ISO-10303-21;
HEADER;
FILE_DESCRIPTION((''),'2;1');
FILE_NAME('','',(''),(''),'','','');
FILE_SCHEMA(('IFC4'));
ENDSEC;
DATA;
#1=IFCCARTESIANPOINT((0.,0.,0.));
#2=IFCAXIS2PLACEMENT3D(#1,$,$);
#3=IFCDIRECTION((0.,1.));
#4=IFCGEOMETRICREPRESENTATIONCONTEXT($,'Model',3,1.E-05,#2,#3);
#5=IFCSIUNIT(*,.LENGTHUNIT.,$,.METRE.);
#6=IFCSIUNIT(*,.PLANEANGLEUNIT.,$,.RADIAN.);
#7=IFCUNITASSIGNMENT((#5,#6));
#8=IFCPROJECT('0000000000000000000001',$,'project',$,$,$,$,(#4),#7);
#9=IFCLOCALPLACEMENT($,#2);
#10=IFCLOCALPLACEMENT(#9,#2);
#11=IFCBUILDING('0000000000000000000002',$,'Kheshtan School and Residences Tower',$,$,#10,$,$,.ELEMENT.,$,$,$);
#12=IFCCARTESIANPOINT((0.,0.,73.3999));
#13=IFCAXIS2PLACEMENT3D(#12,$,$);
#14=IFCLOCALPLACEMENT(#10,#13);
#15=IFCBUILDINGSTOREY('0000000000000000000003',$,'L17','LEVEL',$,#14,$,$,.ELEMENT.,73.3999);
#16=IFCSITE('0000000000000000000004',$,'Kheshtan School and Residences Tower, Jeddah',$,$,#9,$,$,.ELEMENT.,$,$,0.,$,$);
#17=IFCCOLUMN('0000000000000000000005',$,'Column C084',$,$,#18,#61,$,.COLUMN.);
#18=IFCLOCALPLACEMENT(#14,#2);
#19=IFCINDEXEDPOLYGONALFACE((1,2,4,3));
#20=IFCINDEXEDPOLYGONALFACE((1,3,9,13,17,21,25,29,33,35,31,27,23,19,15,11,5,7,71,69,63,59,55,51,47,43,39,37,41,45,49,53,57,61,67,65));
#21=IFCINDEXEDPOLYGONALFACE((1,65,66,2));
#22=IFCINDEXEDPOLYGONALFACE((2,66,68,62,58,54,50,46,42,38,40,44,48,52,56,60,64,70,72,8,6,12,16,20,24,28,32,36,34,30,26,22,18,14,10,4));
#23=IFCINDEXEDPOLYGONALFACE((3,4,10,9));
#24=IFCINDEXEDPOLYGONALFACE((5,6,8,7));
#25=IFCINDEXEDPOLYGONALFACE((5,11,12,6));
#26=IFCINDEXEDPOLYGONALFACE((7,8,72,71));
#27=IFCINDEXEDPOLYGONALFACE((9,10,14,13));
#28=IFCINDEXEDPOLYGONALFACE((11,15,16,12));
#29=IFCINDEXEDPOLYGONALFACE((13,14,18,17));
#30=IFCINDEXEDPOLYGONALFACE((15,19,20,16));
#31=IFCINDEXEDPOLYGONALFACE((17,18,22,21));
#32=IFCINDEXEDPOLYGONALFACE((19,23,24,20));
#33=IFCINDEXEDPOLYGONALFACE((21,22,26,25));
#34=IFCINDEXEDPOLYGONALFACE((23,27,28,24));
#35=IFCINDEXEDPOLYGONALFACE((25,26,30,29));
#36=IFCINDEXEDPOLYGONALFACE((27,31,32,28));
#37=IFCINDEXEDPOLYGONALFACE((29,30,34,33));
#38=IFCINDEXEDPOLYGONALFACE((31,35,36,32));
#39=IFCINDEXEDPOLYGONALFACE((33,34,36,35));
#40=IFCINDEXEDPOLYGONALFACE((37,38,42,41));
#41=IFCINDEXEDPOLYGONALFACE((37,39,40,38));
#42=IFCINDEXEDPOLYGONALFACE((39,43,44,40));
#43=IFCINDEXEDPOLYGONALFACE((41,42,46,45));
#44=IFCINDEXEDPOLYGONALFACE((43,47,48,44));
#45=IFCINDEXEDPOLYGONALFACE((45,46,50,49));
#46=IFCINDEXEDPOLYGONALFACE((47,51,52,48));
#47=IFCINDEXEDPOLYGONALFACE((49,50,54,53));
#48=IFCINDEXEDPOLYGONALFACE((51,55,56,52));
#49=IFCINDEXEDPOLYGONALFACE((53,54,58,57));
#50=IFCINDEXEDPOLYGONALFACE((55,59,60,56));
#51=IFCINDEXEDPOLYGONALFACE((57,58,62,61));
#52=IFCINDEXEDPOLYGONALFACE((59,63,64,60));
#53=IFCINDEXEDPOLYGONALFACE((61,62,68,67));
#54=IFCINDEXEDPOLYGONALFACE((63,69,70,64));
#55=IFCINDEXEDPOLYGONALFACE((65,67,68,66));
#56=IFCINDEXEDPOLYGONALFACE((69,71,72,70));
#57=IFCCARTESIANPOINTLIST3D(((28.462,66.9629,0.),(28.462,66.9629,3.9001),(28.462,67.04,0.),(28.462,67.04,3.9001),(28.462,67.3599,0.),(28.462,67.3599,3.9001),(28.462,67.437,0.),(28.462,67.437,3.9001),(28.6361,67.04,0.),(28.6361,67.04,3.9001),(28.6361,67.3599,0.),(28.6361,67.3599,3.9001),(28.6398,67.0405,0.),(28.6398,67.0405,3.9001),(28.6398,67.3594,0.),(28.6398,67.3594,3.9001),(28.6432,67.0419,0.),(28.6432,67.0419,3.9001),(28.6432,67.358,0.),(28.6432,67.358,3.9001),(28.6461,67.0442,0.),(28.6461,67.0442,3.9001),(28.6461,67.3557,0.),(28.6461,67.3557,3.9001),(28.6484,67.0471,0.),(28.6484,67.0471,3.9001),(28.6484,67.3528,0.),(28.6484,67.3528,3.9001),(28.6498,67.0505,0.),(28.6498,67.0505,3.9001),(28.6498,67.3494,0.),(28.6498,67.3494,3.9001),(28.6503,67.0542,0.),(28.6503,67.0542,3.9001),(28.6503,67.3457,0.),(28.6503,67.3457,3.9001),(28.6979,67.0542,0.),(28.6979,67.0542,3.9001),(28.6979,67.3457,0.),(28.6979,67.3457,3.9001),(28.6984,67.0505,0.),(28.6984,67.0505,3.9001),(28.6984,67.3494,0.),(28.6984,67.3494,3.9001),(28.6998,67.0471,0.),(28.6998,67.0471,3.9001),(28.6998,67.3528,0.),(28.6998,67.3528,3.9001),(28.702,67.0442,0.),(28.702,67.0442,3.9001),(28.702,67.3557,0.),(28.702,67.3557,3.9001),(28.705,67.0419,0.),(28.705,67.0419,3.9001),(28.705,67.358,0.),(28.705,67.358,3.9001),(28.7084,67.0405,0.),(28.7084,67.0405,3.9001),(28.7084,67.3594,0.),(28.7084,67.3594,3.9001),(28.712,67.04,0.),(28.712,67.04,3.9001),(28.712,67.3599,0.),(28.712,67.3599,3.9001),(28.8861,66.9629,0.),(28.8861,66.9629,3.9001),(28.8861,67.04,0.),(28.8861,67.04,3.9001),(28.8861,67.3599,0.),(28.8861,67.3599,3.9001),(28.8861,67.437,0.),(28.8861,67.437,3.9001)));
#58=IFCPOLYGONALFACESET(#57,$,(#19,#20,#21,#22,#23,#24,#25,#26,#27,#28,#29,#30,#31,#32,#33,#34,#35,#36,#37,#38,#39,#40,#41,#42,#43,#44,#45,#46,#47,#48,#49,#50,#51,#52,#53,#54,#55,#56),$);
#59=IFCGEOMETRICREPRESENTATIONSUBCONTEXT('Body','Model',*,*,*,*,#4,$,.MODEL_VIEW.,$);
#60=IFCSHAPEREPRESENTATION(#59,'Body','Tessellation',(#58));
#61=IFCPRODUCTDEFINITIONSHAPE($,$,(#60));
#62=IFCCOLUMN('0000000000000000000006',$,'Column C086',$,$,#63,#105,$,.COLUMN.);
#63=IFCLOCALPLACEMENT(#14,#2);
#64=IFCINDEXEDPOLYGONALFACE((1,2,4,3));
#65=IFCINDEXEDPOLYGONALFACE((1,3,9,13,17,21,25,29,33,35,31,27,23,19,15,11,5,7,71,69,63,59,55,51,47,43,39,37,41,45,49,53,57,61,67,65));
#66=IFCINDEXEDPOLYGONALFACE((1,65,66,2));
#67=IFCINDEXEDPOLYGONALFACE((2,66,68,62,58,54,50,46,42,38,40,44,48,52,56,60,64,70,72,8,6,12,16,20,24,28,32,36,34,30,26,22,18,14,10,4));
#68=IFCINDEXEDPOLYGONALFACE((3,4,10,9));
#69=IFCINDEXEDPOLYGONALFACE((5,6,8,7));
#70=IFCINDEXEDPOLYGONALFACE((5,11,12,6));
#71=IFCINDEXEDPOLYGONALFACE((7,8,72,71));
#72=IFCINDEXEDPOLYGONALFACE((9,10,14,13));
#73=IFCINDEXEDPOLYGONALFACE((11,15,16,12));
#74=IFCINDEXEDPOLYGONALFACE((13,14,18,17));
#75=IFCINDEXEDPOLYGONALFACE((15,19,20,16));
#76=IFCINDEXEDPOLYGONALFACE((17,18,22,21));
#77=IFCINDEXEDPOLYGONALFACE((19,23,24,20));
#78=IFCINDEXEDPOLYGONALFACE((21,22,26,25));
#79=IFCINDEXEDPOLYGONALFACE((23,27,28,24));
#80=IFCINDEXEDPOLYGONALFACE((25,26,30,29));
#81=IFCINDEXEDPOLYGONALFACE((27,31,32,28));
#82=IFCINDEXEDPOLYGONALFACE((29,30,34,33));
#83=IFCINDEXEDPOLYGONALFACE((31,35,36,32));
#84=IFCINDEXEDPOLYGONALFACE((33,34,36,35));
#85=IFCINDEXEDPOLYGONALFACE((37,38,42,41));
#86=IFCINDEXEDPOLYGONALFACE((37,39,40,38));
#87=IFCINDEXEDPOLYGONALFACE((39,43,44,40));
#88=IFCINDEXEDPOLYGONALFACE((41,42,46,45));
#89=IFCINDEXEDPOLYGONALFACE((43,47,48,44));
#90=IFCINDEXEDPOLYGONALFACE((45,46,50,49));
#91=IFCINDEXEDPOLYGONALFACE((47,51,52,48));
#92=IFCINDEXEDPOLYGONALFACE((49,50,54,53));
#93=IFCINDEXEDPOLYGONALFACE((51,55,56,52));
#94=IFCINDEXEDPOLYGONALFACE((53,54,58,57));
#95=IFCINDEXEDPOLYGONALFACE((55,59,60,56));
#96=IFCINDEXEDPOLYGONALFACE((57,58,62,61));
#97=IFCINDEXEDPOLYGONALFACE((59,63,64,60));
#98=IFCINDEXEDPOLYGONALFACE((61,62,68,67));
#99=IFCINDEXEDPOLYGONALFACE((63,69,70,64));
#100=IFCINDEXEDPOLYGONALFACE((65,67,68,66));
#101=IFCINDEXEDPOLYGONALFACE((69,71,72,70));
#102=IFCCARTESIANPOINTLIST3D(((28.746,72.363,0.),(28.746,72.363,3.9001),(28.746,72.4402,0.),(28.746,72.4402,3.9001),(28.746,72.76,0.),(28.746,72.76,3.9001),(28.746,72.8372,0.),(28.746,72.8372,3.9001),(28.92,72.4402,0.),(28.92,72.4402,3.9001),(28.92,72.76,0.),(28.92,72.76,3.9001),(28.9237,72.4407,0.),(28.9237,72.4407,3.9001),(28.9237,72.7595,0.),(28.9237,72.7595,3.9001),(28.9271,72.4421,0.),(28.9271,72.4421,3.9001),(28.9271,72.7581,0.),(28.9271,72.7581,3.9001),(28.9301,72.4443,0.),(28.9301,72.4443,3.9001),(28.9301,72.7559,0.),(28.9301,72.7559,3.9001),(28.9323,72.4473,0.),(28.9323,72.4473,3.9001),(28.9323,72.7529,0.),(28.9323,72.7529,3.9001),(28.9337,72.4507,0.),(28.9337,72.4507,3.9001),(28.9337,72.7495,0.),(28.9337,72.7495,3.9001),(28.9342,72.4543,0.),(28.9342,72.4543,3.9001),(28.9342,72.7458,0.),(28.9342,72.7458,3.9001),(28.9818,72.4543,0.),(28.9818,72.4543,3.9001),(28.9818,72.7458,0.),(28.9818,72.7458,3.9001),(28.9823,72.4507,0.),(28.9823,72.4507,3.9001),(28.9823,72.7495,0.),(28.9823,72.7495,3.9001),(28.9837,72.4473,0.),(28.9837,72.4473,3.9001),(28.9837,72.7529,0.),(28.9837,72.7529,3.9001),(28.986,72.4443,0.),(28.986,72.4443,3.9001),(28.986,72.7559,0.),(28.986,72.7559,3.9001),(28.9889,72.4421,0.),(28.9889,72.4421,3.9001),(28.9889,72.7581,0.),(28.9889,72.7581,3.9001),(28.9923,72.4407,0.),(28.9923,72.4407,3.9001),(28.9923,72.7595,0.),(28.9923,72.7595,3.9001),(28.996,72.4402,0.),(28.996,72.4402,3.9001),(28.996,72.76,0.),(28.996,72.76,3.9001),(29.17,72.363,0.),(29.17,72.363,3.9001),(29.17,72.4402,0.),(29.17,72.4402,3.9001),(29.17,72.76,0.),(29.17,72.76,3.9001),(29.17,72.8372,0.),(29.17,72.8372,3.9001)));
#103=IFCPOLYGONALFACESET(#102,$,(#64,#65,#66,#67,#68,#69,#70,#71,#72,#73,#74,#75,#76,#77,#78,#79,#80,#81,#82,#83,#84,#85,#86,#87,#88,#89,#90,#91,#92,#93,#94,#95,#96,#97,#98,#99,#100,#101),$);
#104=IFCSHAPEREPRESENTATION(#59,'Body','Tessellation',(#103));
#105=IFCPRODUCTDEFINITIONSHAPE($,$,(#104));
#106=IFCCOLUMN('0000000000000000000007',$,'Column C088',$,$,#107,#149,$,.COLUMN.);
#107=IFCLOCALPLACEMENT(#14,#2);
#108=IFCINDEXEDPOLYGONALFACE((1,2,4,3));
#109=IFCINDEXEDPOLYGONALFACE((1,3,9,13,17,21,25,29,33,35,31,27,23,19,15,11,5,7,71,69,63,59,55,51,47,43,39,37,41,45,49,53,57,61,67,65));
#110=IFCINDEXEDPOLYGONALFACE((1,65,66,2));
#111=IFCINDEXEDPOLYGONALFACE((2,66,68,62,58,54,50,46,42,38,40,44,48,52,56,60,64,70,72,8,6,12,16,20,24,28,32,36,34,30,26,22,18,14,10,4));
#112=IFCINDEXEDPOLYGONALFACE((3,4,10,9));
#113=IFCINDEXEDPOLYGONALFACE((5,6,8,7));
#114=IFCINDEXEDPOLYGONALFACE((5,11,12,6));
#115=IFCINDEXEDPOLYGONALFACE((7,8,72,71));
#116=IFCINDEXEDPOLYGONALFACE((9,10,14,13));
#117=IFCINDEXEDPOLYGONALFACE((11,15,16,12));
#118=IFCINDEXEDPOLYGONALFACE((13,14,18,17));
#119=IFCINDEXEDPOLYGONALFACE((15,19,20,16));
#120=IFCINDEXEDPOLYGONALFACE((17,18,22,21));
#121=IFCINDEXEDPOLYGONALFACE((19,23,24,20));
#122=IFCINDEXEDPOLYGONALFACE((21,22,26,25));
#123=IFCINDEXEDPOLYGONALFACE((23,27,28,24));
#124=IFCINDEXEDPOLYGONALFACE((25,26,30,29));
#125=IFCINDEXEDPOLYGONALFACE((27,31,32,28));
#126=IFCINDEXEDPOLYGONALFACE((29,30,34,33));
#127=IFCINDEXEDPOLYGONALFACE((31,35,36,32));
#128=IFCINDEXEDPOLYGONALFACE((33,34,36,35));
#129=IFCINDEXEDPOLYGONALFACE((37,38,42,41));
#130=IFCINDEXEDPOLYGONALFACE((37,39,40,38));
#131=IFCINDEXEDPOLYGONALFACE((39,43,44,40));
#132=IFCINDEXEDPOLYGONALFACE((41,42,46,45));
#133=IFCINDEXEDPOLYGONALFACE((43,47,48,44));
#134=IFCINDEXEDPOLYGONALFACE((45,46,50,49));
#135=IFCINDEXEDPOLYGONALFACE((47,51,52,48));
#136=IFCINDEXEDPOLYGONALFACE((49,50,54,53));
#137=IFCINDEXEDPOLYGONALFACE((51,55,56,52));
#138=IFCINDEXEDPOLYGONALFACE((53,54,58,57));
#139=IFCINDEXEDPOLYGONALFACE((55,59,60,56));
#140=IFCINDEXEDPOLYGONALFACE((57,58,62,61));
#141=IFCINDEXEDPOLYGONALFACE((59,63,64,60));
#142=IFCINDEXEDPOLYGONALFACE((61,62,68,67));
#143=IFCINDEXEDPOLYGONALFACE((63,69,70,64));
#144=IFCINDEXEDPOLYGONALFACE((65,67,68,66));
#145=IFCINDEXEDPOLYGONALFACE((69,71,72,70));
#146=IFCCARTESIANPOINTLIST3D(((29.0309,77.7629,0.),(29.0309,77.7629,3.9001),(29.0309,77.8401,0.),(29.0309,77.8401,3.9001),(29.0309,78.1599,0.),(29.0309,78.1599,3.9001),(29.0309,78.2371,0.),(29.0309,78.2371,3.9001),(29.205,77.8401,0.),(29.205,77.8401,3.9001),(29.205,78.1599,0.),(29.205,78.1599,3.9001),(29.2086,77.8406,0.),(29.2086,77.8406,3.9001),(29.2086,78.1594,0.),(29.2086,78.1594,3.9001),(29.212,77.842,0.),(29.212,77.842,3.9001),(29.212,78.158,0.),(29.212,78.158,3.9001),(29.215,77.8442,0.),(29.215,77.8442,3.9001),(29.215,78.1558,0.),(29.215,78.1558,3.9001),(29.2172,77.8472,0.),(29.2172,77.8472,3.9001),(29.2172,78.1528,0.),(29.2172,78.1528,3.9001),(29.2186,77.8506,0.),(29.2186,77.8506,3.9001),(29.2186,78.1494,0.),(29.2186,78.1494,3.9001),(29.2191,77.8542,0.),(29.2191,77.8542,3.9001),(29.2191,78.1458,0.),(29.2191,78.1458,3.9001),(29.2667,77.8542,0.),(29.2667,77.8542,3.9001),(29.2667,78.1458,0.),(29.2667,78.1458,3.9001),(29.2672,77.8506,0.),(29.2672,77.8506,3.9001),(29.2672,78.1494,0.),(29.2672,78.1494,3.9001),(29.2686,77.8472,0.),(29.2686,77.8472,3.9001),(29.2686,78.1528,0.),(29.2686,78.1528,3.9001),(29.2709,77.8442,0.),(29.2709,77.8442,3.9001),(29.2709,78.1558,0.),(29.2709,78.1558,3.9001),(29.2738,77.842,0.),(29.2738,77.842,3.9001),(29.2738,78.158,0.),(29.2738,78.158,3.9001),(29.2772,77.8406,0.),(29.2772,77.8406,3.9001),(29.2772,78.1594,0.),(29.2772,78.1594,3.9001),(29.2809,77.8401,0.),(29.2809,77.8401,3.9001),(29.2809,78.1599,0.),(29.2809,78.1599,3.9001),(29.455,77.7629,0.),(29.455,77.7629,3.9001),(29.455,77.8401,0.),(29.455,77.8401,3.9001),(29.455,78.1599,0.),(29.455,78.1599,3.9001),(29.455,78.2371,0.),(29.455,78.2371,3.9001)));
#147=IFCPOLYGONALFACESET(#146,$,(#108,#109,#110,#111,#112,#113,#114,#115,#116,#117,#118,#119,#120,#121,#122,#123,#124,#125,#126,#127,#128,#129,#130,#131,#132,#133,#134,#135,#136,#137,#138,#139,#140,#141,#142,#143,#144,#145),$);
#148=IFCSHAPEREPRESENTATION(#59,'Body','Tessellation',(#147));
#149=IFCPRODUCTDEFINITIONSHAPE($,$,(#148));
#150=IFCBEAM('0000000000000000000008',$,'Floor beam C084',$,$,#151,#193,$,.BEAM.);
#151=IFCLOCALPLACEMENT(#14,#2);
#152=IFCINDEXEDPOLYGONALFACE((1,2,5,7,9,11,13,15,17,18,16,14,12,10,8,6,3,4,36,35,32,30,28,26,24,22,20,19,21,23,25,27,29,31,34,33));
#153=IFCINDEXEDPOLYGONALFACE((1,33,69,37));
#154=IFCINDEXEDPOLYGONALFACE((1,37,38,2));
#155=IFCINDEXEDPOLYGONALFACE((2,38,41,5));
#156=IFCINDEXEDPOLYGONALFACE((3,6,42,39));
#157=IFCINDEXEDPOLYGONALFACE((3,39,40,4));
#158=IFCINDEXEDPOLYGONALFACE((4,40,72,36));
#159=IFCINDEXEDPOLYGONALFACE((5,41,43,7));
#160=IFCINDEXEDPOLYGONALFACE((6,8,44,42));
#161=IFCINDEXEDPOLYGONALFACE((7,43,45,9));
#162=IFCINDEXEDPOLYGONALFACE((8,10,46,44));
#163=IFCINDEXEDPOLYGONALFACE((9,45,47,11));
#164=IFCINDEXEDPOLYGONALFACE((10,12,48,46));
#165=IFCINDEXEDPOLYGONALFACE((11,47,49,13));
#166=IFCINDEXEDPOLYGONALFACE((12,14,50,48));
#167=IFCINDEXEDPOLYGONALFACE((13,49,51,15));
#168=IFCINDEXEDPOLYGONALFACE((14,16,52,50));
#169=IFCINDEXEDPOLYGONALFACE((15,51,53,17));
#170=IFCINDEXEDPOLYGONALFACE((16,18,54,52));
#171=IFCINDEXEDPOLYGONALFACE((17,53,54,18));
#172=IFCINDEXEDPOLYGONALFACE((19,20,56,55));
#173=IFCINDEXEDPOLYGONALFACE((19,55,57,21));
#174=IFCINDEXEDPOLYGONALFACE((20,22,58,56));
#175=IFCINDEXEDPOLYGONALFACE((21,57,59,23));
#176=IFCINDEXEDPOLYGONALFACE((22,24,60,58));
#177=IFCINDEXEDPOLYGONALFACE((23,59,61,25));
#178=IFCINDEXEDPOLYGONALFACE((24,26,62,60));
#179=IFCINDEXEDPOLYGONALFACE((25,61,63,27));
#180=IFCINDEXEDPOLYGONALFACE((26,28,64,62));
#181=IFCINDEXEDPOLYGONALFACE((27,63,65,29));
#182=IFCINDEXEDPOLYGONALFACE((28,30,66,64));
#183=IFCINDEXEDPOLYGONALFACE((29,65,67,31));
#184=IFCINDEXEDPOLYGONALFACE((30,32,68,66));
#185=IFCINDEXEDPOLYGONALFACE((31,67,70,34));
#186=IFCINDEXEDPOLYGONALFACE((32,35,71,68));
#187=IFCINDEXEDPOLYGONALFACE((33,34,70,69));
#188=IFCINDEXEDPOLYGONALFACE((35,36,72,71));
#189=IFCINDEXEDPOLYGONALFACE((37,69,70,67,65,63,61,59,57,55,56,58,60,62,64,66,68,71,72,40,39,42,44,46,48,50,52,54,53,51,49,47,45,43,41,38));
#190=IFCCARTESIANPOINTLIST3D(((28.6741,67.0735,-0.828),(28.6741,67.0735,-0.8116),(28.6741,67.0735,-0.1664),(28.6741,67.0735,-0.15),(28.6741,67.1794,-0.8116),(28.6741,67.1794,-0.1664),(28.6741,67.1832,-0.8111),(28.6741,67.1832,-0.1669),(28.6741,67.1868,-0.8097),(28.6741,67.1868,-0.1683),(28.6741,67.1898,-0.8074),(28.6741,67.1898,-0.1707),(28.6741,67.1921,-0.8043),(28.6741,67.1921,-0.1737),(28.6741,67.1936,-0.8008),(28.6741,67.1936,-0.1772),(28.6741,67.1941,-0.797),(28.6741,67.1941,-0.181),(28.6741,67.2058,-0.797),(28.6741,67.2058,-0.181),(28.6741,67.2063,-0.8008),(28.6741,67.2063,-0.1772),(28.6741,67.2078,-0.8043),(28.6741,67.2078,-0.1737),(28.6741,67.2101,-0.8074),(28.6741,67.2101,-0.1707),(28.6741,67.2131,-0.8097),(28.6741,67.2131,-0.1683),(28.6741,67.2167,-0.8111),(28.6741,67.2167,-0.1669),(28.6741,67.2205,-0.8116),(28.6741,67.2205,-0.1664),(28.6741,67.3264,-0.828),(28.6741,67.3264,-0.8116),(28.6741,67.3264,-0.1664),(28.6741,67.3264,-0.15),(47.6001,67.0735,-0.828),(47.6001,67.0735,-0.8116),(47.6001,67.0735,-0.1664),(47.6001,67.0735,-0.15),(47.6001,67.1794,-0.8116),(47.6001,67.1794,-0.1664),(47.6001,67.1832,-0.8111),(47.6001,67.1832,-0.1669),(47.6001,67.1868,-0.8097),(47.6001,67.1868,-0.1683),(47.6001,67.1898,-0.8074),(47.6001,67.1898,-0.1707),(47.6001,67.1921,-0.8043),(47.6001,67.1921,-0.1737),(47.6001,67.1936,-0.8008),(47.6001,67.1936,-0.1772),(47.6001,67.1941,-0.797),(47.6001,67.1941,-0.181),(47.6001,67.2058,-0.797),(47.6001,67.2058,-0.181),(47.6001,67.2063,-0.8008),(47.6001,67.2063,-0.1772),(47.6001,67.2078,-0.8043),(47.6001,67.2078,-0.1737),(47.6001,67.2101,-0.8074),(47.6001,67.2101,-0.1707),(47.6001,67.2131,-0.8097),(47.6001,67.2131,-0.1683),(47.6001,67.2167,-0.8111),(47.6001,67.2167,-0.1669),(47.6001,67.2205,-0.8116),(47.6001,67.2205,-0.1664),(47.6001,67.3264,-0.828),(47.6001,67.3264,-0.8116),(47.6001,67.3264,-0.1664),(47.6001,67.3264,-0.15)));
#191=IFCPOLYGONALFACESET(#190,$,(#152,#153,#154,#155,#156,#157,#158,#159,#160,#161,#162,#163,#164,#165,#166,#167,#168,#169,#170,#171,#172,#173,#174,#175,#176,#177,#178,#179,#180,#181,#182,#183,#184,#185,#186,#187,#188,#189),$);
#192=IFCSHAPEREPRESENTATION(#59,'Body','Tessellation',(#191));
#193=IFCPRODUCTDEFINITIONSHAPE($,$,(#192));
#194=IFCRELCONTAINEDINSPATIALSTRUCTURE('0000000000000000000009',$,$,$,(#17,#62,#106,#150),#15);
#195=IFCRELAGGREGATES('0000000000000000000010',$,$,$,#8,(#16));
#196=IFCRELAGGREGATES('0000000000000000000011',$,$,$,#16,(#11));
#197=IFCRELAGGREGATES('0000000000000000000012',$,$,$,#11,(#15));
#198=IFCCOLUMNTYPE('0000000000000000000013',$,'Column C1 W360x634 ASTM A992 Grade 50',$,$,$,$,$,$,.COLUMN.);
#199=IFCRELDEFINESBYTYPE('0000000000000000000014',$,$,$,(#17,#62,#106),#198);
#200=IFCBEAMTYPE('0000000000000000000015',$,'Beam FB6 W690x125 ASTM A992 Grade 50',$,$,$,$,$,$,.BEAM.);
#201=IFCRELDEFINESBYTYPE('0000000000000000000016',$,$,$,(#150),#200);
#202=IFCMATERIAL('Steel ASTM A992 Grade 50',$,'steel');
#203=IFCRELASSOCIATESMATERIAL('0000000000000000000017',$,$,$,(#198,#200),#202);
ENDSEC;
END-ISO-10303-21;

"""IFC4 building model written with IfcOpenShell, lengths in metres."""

from ifc_helpers import new_model, si_unit, direction, frame, origin, origin_2d, place, context, subcontext, project, spatial, i_section, extrude, material, material_profile, profile_set, type_object, element, save


model = new_model("IFC4")

# Units and contexts
model_context = context("Model", 3, precision=1e-05, world=origin(), true_north=direction((0.0, 1.0)))
body_context = subcontext(model_context, "Body", "Model", "MODEL_VIEW")
ifc_project = project(units=[si_unit("LENGTHUNIT", "METRE"), si_unit("PLANEANGLEUNIT", "RADIAN")], contexts=[model_context])

# Site, building, storey
site_placement = place(None, origin())
site = spatial("IfcSite", under=ifc_project, at=site_placement, Name="Kheshtan School and Residences Tower, Jeddah", CompositionType="ELEMENT", RefElevation=0.0)
building_placement = place(site_placement, origin())
building = spatial("IfcBuilding", under=site, at=building_placement, Name="Kheshtan School and Residences Tower", CompositionType="ELEMENT")
storey_placement = place(building_placement, frame((0.0, 0.0, 73.3999)))
storey = spatial("IfcBuildingStorey", under=building, at=storey_placement, Name="L17", Description="LEVEL", CompositionType="ELEMENT", Elevation=73.3999)

# Columns
ifc_material_1 = material(Name="Steel ASTM A992 Grade 50", Category="steel")
ifc_material_profile_1 = material_profile(ifc_material_1, i_section(OverallWidth=0.4241, OverallDepth=0.4741, WebThickness=0.0476, FlangeThickness=0.0771, FilletRadius=0.0142, at=origin_2d()), Name="W360x634")
ifc_profile_set_1 = profile_set([ifc_material_profile_1], Name="Steel ASTM A992 Grade 50")
column_type = type_object("IfcColumnType", Name="Column C1 W360x634 ASTM A992 Grade 50", PredefinedType="COLUMN", material=ifc_profile_set_1)
for number, where, z_axis, x_axis, name in (
    (1, (28.6741, 67.2, 0.0), (0.0, 0.0, 1.0), (1.0, 0.0, 0.0), "Column C084"),
    (2, (28.958, 72.6001, 0.0), (0.0, 0.0, 1.0), (1.0, 0.0, 0.0), "Column C086"),
    (3, (29.2429, 78.0, 0.0), (0.0, 0.0, 1.0), (1.0, 0.0, 0.0), "Column C088"),
):
    element("IfcColumn", number, at=place(storey_placement, frame(where, z_axis=z_axis, x_axis=x_axis)), inside=storey, type_object=column_type, Name=name, PredefinedType="COLUMN", context=body_context, shape_type="SweptSolid", body=[
        extrude(i_section(OverallWidth=0.4241, OverallDepth=0.4741, WebThickness=0.0476, FlangeThickness=0.0771, FilletRadius=0.0142, at=origin_2d()), origin(), (0.0, 0.0, 1.0), 3.9001),
    ])

# Beam
ifc_material_profile_2 = material_profile(ifc_material_1, i_section(OverallWidth=0.2529, OverallDepth=0.678, WebThickness=0.0117, FlangeThickness=0.0164, FilletRadius=0.0146, at=origin_2d()), Name="W690x125")
ifc_profile_set_2 = profile_set([ifc_material_profile_2], Name="Steel ASTM A992 Grade 50")
beam_type_1 = type_object("IfcBeamType", Name="Beam FB6 W690x125 ASTM A992 Grade 50", PredefinedType="BEAM", material=ifc_profile_set_2)
beam_1_placement = place(storey_placement, frame((28.6741, 67.2, -0.489), z_axis=(1.0, 0.0, 0.0), x_axis=(0.0, 1.0, 0.0)))
element("IfcBeam", 4, at=beam_1_placement, inside=storey, type_object=beam_type_1, Name="Floor beam C084", PredefinedType="BEAM", context=body_context, shape_type="SweptSolid", body=[
    extrude(i_section(OverallWidth=0.2529, OverallDepth=0.678, WebThickness=0.0117, FlangeThickness=0.0164, FilletRadius=0.0146, at=origin_2d()), origin(), (0.0, 0.0, 1.0), 18.926),
])

save(model, "model.ifc")
